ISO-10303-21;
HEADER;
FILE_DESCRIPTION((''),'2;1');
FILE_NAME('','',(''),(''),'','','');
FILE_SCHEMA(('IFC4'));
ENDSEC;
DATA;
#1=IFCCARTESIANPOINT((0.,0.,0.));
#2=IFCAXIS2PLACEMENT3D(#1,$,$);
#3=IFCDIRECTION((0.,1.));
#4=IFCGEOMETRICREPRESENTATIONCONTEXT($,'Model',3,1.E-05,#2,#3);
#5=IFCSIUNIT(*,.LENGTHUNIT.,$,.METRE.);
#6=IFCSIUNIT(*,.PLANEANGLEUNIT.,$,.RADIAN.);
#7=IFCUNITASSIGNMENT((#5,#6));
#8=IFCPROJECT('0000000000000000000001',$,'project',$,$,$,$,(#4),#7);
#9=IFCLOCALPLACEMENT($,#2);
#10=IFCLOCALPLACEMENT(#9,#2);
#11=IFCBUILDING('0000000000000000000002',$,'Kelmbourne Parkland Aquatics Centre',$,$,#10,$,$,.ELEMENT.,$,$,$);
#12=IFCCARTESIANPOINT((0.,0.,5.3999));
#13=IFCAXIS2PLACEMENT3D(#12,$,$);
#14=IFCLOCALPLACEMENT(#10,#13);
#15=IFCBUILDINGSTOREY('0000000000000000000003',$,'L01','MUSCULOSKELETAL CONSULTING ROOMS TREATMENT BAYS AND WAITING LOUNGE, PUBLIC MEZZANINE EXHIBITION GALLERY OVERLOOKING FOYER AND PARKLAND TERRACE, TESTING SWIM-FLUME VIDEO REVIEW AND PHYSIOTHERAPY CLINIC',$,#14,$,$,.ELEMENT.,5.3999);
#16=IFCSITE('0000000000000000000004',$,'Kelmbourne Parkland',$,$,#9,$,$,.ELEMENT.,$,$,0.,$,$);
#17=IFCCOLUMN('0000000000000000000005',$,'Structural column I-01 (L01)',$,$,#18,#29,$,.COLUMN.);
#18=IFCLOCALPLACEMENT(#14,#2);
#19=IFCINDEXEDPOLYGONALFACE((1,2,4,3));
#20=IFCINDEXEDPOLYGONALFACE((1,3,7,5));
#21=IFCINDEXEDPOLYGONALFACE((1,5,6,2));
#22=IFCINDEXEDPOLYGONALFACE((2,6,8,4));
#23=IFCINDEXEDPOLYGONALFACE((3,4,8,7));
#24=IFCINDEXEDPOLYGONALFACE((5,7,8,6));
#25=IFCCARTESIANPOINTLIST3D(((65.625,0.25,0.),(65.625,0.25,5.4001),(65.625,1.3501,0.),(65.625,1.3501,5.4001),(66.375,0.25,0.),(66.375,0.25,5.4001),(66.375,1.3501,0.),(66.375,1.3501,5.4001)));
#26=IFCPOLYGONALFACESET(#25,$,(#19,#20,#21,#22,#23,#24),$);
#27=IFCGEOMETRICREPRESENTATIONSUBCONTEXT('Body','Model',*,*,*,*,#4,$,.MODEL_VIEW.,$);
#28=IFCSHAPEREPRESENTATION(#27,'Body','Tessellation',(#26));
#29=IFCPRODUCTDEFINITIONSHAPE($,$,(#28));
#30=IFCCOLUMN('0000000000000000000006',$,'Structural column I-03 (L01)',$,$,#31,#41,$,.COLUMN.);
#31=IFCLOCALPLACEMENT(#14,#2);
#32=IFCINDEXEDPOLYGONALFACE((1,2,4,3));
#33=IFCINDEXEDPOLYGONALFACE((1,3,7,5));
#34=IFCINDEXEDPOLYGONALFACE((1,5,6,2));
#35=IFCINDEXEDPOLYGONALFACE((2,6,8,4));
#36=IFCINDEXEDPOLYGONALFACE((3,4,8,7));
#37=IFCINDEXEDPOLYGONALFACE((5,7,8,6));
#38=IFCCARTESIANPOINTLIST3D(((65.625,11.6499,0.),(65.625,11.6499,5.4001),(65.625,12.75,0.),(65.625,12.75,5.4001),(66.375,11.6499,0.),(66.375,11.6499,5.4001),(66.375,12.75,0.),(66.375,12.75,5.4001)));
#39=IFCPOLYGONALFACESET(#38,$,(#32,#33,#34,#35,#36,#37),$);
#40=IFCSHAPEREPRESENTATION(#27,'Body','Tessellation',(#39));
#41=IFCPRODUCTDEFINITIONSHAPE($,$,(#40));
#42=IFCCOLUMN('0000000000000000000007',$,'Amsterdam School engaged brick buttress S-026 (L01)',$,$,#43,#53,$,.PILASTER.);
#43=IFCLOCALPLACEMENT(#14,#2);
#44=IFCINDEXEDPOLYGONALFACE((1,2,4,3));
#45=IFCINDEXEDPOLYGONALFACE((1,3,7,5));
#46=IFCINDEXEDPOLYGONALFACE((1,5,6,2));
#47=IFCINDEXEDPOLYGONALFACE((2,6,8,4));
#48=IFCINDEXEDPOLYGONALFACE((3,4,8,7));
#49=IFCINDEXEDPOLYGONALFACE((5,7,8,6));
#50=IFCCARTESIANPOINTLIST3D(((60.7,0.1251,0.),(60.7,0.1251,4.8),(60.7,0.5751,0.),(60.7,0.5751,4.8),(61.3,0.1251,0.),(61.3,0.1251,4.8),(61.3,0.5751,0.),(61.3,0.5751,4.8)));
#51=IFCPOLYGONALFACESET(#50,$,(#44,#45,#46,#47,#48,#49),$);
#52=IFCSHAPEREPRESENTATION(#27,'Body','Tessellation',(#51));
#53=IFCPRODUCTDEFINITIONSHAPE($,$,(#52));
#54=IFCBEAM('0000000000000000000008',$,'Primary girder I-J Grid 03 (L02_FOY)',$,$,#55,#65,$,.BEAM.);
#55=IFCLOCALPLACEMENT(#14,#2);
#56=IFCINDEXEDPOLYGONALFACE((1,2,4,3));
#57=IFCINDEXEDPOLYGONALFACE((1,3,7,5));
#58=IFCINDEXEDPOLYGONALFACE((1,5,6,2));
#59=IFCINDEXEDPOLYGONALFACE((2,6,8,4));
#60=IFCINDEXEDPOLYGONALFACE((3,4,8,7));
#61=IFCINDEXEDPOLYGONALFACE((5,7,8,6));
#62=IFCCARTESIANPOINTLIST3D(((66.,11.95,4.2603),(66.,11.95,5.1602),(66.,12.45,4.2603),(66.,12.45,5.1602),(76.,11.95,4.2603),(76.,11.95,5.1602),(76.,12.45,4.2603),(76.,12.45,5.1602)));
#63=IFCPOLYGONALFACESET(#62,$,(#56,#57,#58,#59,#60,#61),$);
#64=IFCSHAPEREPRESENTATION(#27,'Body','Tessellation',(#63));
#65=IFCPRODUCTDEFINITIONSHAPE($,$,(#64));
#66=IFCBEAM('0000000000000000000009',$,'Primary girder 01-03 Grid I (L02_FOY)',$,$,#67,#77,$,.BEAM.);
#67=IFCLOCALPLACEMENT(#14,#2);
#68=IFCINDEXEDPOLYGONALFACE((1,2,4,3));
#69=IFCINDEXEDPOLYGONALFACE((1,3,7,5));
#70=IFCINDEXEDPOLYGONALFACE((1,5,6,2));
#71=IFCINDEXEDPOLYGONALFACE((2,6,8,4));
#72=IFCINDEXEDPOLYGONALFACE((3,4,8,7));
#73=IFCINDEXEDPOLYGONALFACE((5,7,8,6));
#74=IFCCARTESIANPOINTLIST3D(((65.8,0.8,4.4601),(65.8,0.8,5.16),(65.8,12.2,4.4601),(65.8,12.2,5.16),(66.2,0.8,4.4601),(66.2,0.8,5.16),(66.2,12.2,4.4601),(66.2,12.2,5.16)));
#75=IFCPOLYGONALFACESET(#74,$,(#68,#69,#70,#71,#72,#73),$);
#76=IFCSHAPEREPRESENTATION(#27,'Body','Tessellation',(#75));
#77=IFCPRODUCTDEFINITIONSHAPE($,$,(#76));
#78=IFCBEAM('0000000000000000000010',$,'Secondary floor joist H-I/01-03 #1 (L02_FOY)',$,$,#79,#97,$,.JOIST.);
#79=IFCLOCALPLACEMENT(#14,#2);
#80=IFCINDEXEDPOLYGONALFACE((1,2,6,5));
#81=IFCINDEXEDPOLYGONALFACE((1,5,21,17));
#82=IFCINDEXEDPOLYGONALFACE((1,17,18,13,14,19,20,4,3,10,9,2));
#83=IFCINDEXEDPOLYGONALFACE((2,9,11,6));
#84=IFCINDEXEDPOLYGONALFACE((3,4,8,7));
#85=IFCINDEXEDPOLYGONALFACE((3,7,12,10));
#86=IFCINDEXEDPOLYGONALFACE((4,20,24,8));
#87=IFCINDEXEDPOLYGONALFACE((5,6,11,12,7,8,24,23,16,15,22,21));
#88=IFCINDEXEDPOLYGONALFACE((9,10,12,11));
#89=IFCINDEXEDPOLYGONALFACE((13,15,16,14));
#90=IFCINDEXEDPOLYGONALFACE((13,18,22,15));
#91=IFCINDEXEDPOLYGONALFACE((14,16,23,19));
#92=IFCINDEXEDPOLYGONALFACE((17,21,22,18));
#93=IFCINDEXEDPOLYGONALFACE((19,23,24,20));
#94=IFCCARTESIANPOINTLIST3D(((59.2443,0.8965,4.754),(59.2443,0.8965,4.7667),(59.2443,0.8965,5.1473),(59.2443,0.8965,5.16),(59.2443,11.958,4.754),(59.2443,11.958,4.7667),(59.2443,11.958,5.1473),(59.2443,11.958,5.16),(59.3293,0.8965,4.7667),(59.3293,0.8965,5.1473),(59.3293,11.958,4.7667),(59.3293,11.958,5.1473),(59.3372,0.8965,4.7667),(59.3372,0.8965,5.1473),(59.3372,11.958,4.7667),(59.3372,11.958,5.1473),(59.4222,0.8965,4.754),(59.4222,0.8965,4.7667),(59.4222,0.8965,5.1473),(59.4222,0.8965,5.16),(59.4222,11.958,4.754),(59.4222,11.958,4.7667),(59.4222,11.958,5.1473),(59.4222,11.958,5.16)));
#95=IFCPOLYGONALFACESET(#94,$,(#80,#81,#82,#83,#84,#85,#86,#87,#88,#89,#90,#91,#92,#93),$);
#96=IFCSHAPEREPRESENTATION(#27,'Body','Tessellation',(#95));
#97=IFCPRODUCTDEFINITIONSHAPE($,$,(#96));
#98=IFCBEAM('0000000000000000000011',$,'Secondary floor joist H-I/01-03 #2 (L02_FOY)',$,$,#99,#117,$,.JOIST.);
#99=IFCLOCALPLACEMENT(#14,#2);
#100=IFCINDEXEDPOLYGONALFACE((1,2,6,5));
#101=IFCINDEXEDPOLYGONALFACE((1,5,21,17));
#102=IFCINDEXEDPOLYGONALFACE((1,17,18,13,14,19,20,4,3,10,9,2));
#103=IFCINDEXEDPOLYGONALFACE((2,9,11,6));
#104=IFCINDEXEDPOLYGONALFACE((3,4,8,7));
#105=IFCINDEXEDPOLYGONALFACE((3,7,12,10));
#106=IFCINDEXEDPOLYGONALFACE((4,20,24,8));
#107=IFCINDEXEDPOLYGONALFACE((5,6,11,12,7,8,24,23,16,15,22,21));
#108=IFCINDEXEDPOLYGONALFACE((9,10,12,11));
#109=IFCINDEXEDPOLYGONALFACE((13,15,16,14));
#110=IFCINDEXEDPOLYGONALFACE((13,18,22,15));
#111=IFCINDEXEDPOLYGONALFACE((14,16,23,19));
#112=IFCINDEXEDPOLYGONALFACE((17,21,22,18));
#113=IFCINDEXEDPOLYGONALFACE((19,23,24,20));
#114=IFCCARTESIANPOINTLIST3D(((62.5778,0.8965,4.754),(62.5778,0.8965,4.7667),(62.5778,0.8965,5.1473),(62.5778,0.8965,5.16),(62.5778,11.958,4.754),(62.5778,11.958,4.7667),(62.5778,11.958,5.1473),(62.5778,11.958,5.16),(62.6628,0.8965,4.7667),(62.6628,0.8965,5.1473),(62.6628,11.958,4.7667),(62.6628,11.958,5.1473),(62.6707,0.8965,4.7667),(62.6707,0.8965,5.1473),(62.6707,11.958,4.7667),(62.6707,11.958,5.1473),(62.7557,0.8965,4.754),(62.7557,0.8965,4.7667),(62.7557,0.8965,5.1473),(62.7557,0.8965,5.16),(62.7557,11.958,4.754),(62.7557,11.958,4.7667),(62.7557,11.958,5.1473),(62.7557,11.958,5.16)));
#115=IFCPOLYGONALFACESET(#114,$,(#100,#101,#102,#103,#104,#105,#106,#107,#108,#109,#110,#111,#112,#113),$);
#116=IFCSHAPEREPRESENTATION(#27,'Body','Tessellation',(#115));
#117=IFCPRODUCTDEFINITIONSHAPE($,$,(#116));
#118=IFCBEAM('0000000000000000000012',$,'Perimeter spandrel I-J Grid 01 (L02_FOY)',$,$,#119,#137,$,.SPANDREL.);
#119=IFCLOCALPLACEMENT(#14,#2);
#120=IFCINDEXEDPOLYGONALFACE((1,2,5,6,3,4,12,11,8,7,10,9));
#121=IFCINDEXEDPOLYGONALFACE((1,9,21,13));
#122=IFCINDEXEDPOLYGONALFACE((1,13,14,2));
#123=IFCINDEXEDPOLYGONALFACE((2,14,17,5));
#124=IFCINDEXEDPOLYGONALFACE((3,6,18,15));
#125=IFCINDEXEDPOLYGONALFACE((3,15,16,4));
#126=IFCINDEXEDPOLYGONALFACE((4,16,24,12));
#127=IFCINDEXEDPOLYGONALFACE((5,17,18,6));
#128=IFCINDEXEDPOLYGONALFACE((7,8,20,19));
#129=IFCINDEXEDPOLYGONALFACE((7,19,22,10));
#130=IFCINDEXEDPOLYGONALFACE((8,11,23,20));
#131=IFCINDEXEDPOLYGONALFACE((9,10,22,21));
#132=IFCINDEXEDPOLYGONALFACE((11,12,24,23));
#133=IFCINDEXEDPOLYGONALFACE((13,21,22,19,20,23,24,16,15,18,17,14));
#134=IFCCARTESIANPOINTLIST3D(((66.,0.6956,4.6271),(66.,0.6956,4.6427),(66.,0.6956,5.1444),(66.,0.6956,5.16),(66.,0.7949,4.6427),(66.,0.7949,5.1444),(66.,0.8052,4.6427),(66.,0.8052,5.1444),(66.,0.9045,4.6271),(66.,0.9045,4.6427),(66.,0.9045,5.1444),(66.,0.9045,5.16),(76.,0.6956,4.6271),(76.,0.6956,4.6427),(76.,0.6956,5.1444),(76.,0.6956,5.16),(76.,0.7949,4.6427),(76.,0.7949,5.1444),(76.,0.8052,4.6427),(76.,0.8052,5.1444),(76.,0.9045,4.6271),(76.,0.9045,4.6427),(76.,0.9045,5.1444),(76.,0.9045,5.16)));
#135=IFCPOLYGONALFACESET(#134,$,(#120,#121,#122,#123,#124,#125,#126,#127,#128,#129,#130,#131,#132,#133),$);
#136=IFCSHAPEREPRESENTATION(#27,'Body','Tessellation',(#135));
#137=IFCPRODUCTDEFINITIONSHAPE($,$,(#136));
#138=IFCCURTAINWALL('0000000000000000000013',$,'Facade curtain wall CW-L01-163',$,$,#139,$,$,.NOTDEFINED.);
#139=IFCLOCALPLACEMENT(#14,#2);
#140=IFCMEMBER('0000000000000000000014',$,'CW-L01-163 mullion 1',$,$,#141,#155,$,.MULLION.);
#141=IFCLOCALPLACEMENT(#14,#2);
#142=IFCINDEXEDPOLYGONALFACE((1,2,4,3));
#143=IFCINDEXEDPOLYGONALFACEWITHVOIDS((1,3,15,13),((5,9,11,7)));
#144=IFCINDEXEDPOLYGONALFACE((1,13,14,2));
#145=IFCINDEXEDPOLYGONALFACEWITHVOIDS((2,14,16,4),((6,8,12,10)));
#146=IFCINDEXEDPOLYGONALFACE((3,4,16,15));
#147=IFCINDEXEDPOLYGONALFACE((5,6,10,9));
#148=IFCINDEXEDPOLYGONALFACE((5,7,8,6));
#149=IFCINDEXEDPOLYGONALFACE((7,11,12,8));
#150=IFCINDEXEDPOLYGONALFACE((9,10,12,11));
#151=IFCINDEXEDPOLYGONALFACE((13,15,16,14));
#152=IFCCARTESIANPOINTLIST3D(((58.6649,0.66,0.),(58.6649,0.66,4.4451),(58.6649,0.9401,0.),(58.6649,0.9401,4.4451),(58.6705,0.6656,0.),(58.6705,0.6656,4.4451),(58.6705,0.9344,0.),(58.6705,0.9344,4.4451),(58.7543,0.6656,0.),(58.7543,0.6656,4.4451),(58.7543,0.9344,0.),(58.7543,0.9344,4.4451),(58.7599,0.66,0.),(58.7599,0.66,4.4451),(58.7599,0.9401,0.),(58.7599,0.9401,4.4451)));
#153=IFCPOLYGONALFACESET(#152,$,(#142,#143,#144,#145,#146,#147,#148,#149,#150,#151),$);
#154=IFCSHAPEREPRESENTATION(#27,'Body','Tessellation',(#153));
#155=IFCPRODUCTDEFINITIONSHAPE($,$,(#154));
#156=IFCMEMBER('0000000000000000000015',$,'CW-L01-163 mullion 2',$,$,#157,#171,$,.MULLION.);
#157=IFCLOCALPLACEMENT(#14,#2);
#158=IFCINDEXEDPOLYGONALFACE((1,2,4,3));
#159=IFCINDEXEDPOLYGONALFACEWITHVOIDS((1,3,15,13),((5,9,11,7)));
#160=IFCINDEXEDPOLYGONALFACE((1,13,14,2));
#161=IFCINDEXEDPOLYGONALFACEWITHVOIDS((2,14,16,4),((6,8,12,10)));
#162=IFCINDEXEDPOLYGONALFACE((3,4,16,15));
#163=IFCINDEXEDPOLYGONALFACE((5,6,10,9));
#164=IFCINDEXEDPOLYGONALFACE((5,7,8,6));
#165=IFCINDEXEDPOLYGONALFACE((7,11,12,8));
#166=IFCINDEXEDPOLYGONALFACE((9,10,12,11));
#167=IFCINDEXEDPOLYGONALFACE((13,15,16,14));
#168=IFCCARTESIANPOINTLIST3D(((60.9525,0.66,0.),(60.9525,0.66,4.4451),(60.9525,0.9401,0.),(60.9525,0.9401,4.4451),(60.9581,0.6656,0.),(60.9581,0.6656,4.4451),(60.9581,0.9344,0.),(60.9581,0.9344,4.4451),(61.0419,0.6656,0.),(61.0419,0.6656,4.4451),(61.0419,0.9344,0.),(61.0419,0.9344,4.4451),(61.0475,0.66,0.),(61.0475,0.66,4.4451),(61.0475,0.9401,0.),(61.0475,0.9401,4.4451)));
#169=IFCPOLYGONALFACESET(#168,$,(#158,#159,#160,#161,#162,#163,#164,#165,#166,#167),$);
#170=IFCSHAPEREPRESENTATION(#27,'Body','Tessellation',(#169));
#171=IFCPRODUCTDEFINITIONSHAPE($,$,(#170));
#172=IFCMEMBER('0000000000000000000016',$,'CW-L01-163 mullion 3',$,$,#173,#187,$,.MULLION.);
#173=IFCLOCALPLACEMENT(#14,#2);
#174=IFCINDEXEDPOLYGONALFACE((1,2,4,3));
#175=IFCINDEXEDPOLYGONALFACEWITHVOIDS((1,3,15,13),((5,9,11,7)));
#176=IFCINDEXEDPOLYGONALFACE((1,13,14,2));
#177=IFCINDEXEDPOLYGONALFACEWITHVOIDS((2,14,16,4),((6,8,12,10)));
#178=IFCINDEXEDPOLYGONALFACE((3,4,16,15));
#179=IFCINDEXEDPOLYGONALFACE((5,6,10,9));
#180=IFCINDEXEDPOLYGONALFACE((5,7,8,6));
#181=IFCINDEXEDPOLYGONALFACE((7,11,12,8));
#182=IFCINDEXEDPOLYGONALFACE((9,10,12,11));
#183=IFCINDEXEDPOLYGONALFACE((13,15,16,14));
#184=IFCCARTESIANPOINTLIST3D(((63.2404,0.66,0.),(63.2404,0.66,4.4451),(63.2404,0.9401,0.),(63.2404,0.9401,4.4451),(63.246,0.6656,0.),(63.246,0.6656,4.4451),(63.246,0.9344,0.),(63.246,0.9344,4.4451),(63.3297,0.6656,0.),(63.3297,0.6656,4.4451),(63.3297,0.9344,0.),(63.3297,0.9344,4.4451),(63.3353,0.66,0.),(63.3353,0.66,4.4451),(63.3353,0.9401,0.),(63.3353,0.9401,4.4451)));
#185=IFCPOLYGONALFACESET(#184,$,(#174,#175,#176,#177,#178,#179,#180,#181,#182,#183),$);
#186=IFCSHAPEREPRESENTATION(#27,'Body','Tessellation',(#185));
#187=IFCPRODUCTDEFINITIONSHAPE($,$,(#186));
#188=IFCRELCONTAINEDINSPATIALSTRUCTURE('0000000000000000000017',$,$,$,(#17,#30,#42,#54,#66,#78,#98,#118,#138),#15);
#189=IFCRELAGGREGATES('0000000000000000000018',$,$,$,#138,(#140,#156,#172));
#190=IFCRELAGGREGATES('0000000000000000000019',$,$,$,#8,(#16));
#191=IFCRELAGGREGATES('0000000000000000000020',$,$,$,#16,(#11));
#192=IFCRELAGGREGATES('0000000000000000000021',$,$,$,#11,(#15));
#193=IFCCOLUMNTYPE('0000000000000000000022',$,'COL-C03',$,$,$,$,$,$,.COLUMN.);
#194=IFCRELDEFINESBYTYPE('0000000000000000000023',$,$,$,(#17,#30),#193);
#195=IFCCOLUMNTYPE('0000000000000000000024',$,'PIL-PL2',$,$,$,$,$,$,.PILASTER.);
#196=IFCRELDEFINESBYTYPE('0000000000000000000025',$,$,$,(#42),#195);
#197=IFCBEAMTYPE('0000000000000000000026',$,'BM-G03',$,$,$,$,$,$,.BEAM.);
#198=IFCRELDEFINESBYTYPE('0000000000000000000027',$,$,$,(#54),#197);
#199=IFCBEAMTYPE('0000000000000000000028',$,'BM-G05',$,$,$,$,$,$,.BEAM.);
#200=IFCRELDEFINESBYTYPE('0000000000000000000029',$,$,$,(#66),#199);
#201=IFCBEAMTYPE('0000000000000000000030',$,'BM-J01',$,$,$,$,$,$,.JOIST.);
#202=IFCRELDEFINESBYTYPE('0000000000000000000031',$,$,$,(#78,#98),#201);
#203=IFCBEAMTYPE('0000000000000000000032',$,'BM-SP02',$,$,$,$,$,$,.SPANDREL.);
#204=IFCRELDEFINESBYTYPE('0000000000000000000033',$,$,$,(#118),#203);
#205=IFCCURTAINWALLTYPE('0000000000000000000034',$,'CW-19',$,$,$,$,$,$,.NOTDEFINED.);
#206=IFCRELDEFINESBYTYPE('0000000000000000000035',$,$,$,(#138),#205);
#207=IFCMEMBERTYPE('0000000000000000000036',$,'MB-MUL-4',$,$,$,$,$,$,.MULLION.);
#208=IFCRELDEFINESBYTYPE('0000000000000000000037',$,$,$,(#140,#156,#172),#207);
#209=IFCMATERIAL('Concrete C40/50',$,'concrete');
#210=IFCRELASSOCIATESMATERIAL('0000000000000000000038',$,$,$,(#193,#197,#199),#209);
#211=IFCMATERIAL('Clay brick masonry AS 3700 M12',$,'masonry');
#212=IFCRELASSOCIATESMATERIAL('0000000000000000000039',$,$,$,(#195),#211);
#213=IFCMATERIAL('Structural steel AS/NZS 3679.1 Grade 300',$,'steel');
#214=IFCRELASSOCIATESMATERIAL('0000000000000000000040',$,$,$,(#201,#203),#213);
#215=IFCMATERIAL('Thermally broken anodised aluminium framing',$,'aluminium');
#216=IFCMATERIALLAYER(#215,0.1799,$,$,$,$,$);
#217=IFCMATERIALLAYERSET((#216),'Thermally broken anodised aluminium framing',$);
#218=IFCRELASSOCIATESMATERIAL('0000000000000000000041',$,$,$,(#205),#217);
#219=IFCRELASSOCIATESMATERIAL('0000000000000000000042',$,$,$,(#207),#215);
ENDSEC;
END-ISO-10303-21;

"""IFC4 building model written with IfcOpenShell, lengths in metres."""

from ifc_helpers import new_model, si_unit, direction, frame, origin, origin_2d, place, context, subcontext, project, spatial, rectangle, hollow_rectangle, i_section, extrude, material, layer, layer_set, material_profile, profile_set, type_object, element, aggregate, save


model = new_model("IFC4")

# Units and contexts
model_context = context("Model", 3, precision=1e-05, world=origin(), true_north=direction((0.0, 1.0)))
body_context = subcontext(model_context, "Body", "Model", "MODEL_VIEW")
ifc_project = project(units=[si_unit("LENGTHUNIT", "METRE"), si_unit("PLANEANGLEUNIT", "RADIAN")], contexts=[model_context])

# Site, building, storey
site_placement = place(None, origin())
site = spatial("IfcSite", under=ifc_project, at=site_placement, Name="Kelmbourne Parkland", CompositionType="ELEMENT", RefElevation=0.0)
building_placement = place(site_placement, origin())
building = spatial("IfcBuilding", under=site, at=building_placement, Name="Kelmbourne Parkland Aquatics Centre", CompositionType="ELEMENT")
storey_placement = place(building_placement, frame((0.0, 0.0, 5.3999)))
storey = spatial("IfcBuildingStorey", under=building, at=storey_placement, Name="L01", Description="MUSCULOSKELETAL CONSULTING ROOMS TREATMENT BAYS AND WAITING LOUNGE, PUBLIC MEZZANINE EXHIBITION GALLERY OVERLOOKING FOYER AND PARKLAND TERRACE, TESTING SWIM-FLUME VIDEO REVIEW AND PHYSIOTHERAPY CLINIC", CompositionType="ELEMENT", Elevation=5.3999)

# Columns
ifc_material_1 = material(Name="Concrete C40/50", Category="concrete")
ifc_material_profile_1 = material_profile(ifc_material_1, rectangle(XDim=0.75, YDim=1.1001, at=origin_2d()), Name="RC 750x1100")
ifc_profile_set_1 = profile_set([ifc_material_profile_1], Name="Concrete C40/50")
column_type_1 = type_object("IfcColumnType", Name="COL-C03", PredefinedType="COLUMN", material=ifc_profile_set_1)
for number, where, z_axis, x_axis, name in (
    (1, (66.0, 0.8, 0.0), (0.0, 0.0, 1.0), (1.0, 0.0, 0.0), "Structural column I-01 (L01)"),
    (2, (66.0, 12.2, 0.0), (0.0, 0.0, 1.0), (1.0, 0.0, 0.0), "Structural column I-03 (L01)"),
):
    element("IfcColumn", number, at=place(storey_placement, frame(where, z_axis=z_axis, x_axis=x_axis)), inside=storey, type_object=column_type_1, Name=name, PredefinedType="COLUMN", context=body_context, shape_type="SweptSolid", body=[
        extrude(rectangle(XDim=0.75, YDim=1.1001, at=origin_2d()), origin(), (0.0, 0.0, 1.0), 5.4001),
    ])
ifc_material_2 = material(Name="Clay brick masonry AS 3700 M12", Category="masonry")
ifc_material_profile_2 = material_profile(ifc_material_2, rectangle(XDim=0.45, YDim=0.6001, at=origin_2d()), Name="PIL 450x600")
ifc_profile_set_2 = profile_set([ifc_material_profile_2], Name="Clay brick masonry AS 3700 M12")
column_type_2 = type_object("IfcColumnType", Name="PIL-PL2", PredefinedType="PILASTER", material=ifc_profile_set_2)
column_placement = place(storey_placement, frame((61.0, 0.3501, 0.0), z_axis=(0.0, 0.0, 1.0), x_axis=(0.0, 1.0, 0.0)))
element("IfcColumn", 3, at=column_placement, inside=storey, type_object=column_type_2, Name="Amsterdam School engaged brick buttress S-026 (L01)", PredefinedType="PILASTER", context=body_context, shape_type="SweptSolid", body=[
    extrude(rectangle(XDim=0.45, YDim=0.6001, at=origin_2d()), origin(), (0.0, 0.0, 1.0), 4.8),
])

# Beams
ifc_material_profile_3 = material_profile(ifc_material_1, rectangle(XDim=0.5, YDim=0.8999, at=origin_2d()), Name="RC 500x900")
ifc_profile_set_3 = profile_set([ifc_material_profile_3], Name="Concrete C40/50")
beam_type_1 = type_object("IfcBeamType", Name="BM-G03", PredefinedType="BEAM", material=ifc_profile_set_3)
beam_1_placement = place(storey_placement, frame((66.0, 12.2, 4.7102), z_axis=(1.0, 0.0, 0.0), x_axis=(0.0, 1.0, 0.0)))
element("IfcBeam", 4, at=beam_1_placement, inside=storey, type_object=beam_type_1, Name="Primary girder I-J Grid 03 (L02_FOY)", PredefinedType="BEAM", context=body_context, shape_type="SweptSolid", body=[
    extrude(rectangle(XDim=0.5, YDim=0.8999, at=origin_2d()), origin(), (0.0, 0.0, 1.0), 10.0),
])
ifc_material_profile_4 = material_profile(ifc_material_1, rectangle(XDim=0.3999, YDim=0.7, at=origin_2d()), Name="RC 400x700")
ifc_profile_set_4 = profile_set([ifc_material_profile_4], Name="Concrete C40/50")
beam_type_2 = type_object("IfcBeamType", Name="BM-G05", PredefinedType="BEAM", material=ifc_profile_set_4)
beam_2_placement = place(storey_placement, frame((66.0, 0.8, 4.8101), z_axis=(0.0, 1.0, 0.0), x_axis=(-1.0, 0.0, 0.0)))
element("IfcBeam", 5, at=beam_2_placement, inside=storey, type_object=beam_type_2, Name="Primary girder 01-03 Grid I (L02_FOY)", PredefinedType="BEAM", context=body_context, shape_type="SweptSolid", body=[
    extrude(rectangle(XDim=0.3999, YDim=0.7, at=origin_2d()), origin(), (0.0, 0.0, 1.0), 11.3999),
])
ifc_material_3 = material(Name="Structural steel AS/NZS 3679.1 Grade 300", Category="steel")
ifc_material_profile_5 = material_profile(ifc_material_3, i_section(OverallWidth=0.178, OverallDepth=0.406, WebThickness=0.0078, FlangeThickness=0.0127, at=origin_2d()), Name="410UB59.7")
ifc_profile_set_5 = profile_set([ifc_material_profile_5], Name="Structural steel AS/NZS 3679.1 Grade 300")
beam_type_3 = type_object("IfcBeamType", Name="BM-J01", PredefinedType="JOIST", material=ifc_profile_set_5)
for number, where, z_axis, x_axis, name in (
    (6, (59.3333, 0.8965, 4.957), (0.0, 1.0, 0.0), (-1.0, 0.0, 0.0), "Secondary floor joist H-I/01-03 #1 (L02_FOY)"),
    (7, (62.6667, 0.8965, 4.957), (0.0, 1.0, 0.0), (-1.0, 0.0, 0.0), "Secondary floor joist H-I/01-03 #2 (L02_FOY)"),
):
    element("IfcBeam", number, at=place(storey_placement, frame(where, z_axis=z_axis, x_axis=x_axis)), inside=storey, type_object=beam_type_3, Name=name, PredefinedType="JOIST", context=body_context, shape_type="SweptSolid", body=[
        extrude(i_section(OverallWidth=0.178, OverallDepth=0.406, WebThickness=0.0078, FlangeThickness=0.0127, at=origin_2d()), origin(), (0.0, 0.0, 1.0), 11.0615),
    ])
ifc_material_profile_6 = material_profile(ifc_material_3, i_section(OverallWidth=0.209, OverallDepth=0.533, WebThickness=0.0103, FlangeThickness=0.0156, at=origin_2d()), Name="530UB92.4")
ifc_profile_set_6 = profile_set([ifc_material_profile_6], Name="Structural steel AS/NZS 3679.1 Grade 300")
beam_type_4 = type_object("IfcBeamType", Name="BM-SP02", PredefinedType="SPANDREL", material=ifc_profile_set_6)
beam_3_placement = place(storey_placement, frame((66.0, 0.8, 4.8936), z_axis=(1.0, 0.0, 0.0), x_axis=(0.0, 1.0, 0.0)))
element("IfcBeam", 8, at=beam_3_placement, inside=storey, type_object=beam_type_4, Name="Perimeter spandrel I-J Grid 01 (L02_FOY)", PredefinedType="SPANDREL", context=body_context, shape_type="SweptSolid", body=[
    extrude(i_section(OverallWidth=0.209, OverallDepth=0.533, WebThickness=0.0103, FlangeThickness=0.0156, at=origin_2d()), origin(), (0.0, 0.0, 1.0), 10.0),
])

# Curtain wall, members
ifc_material_4 = material(Name="Thermally broken anodised aluminium framing", Category="aluminium")
ifc_layer_1 = layer(ifc_material_4, 0.1799)
ifc_layer_set_1 = layer_set([ifc_layer_1], Name="Thermally broken anodised aluminium framing")
curtain_wall_type_1 = type_object("IfcCurtainWallType", Name="CW-19", PredefinedType="NOTDEFINED", material=ifc_layer_set_1)
curtain_wall_1_placement = place(storey_placement, origin())
curtain_wall_1 = element("IfcCurtainWall", 9, at=curtain_wall_1_placement, inside=storey, type_object=curtain_wall_type_1, Name="Facade curtain wall CW-L01-163", PredefinedType="NOTDEFINED")
ifc_material_profile_7 = material_profile(ifc_material_4, hollow_rectangle(XDim=0.095, YDim=0.28, WallThickness=0.0056, at=origin_2d()), Name="CW-M 95x280")
ifc_profile_set_7 = profile_set([ifc_material_profile_7], Name="Thermally broken anodised aluminium framing")
member_type_1 = type_object("IfcMemberType", Name="MB-MUL-4", PredefinedType="MULLION", material=ifc_profile_set_7)
member_1_placement = place(storey_placement, frame((58.7124, 0.8, 0.0), z_axis=(0.0, 0.0, 1.0), x_axis=(1.0, 0.0, 0.0)))
member_1 = element("IfcMember", 10, at=member_1_placement, type_object=member_type_1, Name="CW-L01-163 mullion 1", PredefinedType="MULLION", context=body_context, shape_type="SweptSolid", body=[
    extrude(hollow_rectangle(XDim=0.095, YDim=0.28, WallThickness=0.0056, at=origin_2d()), origin(), (0.0, 0.0, 1.0), 4.4451),
])
member_2_placement = place(storey_placement, frame((61.0, 0.8, 0.0), z_axis=(0.0, 0.0, 1.0), x_axis=(1.0, 0.0, 0.0)))
member_2 = element("IfcMember", 11, at=member_2_placement, type_object=member_type_1, Name="CW-L01-163 mullion 2", PredefinedType="MULLION", context=body_context, shape_type="SweptSolid", body=[
    extrude(hollow_rectangle(XDim=0.095, YDim=0.28, WallThickness=0.0056, at=origin_2d()), origin(), (0.0, 0.0, 1.0), 4.4451),
])
member_3_placement = place(storey_placement, frame((63.2878, 0.8, 0.0), z_axis=(0.0, 0.0, 1.0), x_axis=(1.0, 0.0, 0.0)))
member_3 = element("IfcMember", 12, at=member_3_placement, type_object=member_type_1, Name="CW-L01-163 mullion 3", PredefinedType="MULLION", context=body_context, shape_type="SweptSolid", body=[
    extrude(hollow_rectangle(XDim=0.095, YDim=0.28, WallThickness=0.0056, at=origin_2d()), origin(), (0.0, 0.0, 1.0), 4.4451),
])

aggregate(curtain_wall_1, [member_1, member_2, member_3])

save(model, "model.ifc")
